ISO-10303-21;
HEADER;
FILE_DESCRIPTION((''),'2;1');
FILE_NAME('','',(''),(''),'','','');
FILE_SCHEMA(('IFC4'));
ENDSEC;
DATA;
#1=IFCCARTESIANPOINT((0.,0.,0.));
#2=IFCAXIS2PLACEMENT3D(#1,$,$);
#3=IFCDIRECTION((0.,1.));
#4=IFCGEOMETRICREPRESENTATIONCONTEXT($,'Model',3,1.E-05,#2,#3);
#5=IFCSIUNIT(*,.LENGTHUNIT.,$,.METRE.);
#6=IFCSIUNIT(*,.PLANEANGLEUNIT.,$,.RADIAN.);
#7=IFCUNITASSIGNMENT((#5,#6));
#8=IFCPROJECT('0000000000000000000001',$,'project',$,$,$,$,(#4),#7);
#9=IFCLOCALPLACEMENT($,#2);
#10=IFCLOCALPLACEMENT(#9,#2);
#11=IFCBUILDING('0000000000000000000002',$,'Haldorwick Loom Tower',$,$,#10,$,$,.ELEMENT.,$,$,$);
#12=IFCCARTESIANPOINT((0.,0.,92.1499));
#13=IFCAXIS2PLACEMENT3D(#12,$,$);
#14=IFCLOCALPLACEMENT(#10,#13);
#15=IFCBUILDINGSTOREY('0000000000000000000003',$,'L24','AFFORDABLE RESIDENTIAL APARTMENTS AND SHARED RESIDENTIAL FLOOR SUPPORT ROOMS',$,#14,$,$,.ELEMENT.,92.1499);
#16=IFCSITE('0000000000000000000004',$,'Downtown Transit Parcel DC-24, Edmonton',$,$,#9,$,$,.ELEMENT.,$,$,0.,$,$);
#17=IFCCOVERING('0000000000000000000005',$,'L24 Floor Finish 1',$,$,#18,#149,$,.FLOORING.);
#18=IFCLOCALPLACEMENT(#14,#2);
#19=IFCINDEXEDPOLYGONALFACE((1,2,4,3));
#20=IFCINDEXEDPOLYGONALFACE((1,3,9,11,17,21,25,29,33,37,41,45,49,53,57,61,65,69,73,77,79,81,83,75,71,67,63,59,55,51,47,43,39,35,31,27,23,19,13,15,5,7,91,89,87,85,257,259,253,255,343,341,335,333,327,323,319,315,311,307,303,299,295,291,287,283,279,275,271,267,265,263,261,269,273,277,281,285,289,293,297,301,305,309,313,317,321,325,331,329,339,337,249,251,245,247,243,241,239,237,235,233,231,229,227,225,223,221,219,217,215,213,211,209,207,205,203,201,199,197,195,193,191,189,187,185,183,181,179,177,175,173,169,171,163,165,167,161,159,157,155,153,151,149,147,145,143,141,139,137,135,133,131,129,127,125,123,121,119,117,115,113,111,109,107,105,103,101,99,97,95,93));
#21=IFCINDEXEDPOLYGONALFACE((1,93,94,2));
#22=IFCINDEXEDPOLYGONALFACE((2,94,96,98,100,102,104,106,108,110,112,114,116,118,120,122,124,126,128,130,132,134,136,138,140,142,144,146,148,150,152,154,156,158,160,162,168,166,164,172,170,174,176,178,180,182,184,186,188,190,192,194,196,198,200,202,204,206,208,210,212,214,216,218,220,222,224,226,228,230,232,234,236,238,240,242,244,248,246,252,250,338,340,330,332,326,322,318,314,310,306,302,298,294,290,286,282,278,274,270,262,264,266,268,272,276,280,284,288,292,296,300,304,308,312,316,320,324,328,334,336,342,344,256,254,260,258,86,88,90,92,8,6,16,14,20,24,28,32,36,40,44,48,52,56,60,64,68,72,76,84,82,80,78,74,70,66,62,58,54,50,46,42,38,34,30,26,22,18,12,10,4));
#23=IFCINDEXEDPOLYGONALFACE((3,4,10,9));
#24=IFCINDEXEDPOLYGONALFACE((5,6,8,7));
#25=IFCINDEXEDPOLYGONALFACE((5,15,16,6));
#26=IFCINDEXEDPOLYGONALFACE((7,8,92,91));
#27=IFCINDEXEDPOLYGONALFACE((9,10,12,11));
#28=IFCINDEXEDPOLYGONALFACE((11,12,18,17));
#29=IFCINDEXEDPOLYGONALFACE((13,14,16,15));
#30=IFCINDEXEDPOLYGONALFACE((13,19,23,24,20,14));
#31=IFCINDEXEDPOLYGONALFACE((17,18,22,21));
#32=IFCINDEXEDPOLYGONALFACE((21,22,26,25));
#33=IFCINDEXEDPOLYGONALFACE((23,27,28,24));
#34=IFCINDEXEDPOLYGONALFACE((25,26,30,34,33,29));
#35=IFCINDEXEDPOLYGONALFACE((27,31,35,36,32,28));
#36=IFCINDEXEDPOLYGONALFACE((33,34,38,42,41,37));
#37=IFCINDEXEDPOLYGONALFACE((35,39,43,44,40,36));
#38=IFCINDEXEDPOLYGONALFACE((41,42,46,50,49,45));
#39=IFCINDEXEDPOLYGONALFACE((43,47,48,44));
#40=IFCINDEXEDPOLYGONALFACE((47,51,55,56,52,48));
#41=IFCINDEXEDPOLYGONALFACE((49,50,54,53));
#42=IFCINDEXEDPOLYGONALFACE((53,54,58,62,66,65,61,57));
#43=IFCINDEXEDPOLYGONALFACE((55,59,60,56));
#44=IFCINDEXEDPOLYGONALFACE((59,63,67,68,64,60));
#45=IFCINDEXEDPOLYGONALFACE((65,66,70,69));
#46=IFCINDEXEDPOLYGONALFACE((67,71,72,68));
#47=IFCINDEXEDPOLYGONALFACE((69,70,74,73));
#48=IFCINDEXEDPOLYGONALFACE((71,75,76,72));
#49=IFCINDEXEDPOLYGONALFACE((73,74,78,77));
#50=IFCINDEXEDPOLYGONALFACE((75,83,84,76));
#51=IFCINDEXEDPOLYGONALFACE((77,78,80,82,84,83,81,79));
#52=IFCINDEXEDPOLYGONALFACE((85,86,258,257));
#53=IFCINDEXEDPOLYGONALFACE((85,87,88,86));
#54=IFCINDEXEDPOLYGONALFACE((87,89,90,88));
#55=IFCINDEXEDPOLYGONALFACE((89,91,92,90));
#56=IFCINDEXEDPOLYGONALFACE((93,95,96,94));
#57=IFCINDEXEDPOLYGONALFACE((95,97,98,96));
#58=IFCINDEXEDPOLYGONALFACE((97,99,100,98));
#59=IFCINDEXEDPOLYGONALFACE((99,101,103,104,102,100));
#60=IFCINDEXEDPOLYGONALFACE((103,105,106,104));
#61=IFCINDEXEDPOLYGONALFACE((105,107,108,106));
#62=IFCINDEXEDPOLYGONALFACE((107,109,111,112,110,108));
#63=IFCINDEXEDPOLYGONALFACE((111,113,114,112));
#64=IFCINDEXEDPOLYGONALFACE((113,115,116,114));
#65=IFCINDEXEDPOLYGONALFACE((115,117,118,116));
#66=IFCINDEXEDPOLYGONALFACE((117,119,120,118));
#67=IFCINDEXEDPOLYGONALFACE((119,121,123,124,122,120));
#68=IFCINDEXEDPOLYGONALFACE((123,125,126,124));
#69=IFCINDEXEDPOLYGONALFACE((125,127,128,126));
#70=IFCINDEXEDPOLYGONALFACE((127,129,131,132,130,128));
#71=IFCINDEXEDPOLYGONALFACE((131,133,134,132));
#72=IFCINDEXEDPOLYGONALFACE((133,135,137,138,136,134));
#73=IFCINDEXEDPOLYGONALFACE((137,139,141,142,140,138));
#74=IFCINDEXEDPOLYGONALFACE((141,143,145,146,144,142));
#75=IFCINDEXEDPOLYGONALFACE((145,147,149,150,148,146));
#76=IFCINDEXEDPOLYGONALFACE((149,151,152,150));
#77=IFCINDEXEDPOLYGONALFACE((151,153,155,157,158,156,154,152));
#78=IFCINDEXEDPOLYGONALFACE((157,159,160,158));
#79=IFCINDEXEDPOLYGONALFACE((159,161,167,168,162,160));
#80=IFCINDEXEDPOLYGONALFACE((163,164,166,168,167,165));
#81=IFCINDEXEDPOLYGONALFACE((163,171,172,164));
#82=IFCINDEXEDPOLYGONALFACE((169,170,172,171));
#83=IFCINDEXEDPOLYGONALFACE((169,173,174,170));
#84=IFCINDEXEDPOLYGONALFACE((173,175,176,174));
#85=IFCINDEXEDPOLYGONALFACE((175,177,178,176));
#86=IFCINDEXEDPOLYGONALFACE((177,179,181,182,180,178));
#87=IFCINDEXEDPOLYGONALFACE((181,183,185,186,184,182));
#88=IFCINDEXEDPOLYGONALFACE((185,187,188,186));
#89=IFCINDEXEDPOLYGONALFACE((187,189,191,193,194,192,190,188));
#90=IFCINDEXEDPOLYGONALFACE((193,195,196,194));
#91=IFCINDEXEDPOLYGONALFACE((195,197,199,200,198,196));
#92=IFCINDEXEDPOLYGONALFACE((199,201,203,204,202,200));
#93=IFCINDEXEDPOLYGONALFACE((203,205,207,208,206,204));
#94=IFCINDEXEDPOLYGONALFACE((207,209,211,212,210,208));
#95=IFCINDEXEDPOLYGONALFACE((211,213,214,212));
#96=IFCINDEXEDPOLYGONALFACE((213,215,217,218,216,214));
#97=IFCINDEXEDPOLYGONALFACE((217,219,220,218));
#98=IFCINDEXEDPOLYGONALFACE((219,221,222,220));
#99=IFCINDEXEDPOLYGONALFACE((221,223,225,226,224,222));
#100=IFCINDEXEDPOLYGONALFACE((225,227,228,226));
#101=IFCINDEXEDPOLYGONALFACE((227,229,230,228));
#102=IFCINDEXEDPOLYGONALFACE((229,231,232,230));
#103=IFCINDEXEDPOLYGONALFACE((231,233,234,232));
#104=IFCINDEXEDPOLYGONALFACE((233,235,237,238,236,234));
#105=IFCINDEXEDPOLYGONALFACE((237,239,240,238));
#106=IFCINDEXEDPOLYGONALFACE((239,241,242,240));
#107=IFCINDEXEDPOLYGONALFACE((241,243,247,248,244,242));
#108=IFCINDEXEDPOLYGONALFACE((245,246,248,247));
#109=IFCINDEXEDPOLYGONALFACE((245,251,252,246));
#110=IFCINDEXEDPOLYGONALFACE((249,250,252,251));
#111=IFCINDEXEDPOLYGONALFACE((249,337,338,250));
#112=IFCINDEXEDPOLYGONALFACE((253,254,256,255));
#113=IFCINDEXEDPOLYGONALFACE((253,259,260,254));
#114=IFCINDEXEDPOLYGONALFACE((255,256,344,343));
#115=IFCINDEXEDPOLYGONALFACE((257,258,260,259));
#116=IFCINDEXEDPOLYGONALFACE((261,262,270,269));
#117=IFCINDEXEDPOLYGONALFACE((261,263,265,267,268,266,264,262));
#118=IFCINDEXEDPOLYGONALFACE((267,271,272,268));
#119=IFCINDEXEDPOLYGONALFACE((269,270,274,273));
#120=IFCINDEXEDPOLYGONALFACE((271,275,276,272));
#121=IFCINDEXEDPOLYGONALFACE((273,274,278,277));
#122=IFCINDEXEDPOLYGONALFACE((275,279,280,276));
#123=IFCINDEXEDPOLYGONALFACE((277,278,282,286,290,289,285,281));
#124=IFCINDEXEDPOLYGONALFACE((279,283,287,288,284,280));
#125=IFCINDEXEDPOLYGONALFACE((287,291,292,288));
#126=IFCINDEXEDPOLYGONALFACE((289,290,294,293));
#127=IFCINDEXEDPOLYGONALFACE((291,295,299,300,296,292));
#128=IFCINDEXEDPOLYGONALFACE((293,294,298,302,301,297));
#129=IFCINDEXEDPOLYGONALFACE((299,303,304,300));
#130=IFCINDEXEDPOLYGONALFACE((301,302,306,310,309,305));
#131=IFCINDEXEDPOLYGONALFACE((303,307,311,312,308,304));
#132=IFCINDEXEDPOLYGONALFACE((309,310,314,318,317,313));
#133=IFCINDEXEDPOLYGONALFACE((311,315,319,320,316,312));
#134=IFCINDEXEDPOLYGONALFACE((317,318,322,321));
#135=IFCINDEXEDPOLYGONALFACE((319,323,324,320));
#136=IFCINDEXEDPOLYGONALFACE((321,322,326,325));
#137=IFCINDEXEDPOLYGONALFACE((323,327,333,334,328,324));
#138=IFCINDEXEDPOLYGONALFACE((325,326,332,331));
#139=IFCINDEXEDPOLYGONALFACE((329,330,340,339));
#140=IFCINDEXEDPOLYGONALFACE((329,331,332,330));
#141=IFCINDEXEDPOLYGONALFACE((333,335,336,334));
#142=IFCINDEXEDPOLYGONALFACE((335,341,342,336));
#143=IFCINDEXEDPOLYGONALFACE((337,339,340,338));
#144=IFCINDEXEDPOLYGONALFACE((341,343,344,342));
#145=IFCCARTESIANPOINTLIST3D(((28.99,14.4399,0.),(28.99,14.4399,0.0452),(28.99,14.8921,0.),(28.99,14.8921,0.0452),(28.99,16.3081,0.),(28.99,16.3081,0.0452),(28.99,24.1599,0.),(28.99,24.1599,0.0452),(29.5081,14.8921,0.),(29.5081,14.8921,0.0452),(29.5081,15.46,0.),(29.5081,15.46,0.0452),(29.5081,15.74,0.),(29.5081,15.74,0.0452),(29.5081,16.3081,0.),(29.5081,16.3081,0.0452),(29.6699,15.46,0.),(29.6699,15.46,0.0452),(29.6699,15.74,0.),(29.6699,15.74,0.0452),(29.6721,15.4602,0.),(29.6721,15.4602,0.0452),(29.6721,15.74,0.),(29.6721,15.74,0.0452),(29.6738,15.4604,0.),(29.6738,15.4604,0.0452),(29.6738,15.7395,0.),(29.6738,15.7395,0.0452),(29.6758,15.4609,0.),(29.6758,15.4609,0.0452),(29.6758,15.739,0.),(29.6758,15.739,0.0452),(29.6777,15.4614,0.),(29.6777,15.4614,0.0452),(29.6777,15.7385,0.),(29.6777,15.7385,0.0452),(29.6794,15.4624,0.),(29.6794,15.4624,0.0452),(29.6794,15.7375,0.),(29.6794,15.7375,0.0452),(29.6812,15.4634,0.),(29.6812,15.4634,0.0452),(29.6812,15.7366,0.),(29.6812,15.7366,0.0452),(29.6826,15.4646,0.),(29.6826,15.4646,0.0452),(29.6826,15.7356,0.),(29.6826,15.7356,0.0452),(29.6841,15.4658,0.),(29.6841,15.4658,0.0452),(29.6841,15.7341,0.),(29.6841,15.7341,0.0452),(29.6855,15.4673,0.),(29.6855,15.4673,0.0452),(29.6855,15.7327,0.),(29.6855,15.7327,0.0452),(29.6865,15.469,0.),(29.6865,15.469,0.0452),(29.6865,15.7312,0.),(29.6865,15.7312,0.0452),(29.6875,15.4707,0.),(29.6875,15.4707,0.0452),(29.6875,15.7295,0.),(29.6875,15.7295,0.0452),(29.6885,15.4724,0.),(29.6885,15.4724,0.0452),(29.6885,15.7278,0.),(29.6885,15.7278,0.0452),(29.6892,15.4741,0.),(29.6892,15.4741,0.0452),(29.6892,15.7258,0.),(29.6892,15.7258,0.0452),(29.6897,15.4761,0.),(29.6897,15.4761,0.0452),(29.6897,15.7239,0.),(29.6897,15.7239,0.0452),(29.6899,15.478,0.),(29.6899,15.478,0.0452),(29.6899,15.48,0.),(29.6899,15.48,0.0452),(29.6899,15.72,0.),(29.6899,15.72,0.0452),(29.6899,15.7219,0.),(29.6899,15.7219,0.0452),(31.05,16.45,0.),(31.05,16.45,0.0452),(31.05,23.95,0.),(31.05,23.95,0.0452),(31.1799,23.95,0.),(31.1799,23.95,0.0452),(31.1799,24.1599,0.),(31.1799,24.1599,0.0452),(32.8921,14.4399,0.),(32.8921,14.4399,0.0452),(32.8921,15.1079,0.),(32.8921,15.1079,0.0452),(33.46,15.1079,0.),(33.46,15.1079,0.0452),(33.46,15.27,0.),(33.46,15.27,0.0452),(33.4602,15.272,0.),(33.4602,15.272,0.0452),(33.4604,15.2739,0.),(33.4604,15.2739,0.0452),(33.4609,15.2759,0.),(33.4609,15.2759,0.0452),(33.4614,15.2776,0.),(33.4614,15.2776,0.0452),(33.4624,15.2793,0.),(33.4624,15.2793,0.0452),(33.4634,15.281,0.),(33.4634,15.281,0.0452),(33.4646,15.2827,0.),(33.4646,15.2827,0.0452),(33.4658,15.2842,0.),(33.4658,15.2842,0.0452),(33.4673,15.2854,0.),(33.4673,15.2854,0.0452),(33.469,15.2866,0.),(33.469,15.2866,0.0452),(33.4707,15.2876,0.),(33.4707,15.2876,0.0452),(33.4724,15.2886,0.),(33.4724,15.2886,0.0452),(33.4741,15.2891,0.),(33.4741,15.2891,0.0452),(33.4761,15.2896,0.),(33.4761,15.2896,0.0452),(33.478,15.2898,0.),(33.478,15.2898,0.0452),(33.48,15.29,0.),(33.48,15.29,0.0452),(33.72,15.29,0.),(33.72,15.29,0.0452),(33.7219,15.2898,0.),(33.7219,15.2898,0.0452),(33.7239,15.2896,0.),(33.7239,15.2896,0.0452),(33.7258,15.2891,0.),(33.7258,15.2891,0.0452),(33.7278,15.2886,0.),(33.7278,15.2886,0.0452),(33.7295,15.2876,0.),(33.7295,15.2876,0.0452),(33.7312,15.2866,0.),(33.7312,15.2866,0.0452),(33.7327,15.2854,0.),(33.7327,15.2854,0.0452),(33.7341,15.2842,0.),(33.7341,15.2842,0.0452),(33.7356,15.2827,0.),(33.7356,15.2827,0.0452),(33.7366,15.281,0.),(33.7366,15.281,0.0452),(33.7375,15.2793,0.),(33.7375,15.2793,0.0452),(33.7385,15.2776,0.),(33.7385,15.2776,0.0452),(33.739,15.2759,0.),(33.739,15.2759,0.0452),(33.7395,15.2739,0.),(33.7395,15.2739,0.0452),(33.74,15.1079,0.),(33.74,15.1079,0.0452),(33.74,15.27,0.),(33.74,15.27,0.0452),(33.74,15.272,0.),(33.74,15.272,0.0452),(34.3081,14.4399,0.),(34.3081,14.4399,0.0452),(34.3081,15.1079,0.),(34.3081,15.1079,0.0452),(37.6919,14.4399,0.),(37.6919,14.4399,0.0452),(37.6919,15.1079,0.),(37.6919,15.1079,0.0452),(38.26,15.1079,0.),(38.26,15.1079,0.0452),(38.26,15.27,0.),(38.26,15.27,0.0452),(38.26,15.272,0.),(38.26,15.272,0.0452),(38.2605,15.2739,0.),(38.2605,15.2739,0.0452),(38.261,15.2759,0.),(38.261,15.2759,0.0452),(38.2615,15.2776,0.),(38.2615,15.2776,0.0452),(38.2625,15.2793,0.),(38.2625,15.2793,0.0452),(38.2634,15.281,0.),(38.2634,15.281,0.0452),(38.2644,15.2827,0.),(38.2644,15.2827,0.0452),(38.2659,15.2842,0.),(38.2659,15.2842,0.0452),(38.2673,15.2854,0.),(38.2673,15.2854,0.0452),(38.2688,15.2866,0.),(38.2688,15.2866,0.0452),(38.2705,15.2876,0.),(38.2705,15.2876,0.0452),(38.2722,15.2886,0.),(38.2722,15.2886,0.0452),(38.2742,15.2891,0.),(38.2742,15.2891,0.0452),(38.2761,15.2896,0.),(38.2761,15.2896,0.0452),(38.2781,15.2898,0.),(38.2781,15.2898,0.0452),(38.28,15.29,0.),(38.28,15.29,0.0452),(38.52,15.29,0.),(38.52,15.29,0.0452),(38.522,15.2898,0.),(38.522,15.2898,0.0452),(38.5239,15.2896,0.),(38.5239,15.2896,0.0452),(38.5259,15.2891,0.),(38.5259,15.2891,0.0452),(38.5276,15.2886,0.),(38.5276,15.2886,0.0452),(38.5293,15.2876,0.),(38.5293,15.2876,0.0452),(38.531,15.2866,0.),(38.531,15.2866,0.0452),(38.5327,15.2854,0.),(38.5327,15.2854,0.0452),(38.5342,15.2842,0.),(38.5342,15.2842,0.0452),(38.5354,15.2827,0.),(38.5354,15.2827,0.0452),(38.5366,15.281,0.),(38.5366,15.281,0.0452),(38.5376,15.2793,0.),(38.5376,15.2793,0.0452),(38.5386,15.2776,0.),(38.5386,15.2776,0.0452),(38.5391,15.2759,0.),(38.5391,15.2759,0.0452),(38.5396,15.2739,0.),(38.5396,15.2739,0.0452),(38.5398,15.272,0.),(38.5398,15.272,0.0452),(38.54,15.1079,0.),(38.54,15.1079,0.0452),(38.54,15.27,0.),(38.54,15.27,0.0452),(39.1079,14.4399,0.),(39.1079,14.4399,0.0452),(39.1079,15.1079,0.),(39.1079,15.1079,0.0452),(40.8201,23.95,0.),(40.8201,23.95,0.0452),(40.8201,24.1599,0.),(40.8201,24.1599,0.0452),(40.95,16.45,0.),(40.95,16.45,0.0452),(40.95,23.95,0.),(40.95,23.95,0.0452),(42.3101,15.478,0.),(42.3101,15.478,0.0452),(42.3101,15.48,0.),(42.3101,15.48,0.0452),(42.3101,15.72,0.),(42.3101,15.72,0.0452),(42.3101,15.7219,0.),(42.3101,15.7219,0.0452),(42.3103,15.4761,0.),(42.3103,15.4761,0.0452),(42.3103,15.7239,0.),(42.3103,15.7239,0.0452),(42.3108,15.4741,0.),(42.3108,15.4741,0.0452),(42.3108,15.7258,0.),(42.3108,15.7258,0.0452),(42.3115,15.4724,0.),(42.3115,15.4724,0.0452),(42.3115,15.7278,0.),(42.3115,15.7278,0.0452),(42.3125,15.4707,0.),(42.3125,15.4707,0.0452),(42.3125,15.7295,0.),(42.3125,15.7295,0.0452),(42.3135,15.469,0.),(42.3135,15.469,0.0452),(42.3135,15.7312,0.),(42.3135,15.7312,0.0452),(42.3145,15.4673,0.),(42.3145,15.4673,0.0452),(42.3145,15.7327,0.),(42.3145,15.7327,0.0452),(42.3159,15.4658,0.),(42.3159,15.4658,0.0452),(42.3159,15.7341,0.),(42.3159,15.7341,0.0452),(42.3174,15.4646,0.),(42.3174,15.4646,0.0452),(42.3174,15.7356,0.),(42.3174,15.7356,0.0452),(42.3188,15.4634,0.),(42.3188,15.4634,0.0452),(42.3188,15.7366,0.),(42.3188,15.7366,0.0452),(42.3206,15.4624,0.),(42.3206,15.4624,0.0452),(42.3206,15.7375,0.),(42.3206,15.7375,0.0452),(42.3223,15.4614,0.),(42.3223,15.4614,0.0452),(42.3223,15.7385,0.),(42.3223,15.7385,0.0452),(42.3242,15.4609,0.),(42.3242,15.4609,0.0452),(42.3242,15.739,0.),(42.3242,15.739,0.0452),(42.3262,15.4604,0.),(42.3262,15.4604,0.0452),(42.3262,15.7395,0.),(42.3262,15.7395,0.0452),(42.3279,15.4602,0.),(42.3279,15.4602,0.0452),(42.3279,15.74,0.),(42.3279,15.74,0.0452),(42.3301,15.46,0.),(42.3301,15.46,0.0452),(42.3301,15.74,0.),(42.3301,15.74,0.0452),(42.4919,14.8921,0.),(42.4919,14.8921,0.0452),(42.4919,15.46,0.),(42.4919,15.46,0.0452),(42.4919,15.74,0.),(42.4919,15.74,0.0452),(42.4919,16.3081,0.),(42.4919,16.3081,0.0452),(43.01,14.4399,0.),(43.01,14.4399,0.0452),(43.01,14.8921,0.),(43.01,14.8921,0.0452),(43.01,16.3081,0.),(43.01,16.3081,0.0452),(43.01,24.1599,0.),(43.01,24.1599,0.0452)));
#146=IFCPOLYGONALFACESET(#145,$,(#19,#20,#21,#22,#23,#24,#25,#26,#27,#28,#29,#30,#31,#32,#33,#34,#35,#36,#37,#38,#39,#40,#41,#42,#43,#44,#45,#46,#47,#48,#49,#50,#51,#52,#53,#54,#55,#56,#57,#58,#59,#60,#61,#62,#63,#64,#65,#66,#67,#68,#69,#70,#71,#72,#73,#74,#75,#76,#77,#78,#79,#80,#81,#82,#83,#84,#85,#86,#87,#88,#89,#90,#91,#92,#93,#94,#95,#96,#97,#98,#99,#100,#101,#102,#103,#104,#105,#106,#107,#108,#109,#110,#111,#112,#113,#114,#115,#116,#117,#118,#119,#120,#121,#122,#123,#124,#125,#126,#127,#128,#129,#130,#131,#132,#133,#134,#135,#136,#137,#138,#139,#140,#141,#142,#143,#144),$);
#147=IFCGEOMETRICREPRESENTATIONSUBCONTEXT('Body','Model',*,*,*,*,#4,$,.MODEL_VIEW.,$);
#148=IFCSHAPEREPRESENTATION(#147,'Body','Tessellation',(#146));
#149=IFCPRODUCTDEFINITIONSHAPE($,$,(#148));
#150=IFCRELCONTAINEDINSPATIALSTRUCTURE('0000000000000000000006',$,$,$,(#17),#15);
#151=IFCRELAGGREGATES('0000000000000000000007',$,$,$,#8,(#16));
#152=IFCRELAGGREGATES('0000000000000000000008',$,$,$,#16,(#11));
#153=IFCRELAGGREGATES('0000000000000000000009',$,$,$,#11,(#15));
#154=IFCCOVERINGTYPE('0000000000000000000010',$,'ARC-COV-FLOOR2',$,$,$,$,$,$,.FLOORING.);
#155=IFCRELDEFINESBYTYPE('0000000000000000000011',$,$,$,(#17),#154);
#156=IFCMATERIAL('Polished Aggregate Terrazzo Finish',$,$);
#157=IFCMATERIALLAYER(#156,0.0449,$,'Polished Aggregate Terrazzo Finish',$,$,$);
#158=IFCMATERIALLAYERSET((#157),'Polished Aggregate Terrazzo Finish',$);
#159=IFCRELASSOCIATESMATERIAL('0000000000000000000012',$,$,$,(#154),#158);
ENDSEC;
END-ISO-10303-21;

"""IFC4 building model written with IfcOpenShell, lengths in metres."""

from ifc_helpers import new_model, si_unit, direction, frame, origin, place, context, subcontext, project, spatial, polyline, outline, extrude, material, layer, layer_set, type_object, element, save


model = new_model("IFC4")

# Units and contexts
model_context = context("Model", 3, precision=1e-05, world=origin(), true_north=direction((0.0, 1.0)))
body_context = subcontext(model_context, "Body", "Model", "MODEL_VIEW")
ifc_project = project(units=[si_unit("LENGTHUNIT", "METRE"), si_unit("PLANEANGLEUNIT", "RADIAN")], contexts=[model_context])

# Site, building, storey
site_placement = place(None, origin())
site = spatial("IfcSite", under=ifc_project, at=site_placement, Name="Downtown Transit Parcel DC-24, Edmonton", CompositionType="ELEMENT", RefElevation=0.0)
building_placement = place(site_placement, origin())
building = spatial("IfcBuilding", under=site, at=building_placement, Name="Haldorwick Loom Tower", CompositionType="ELEMENT")
storey_placement = place(building_placement, frame((0.0, 0.0, 92.1499)))
storey = spatial("IfcBuildingStorey", under=building, at=storey_placement, Name="L24", Description="AFFORDABLE RESIDENTIAL APARTMENTS AND SHARED RESIDENTIAL FLOOR SUPPORT ROOMS", CompositionType="ELEMENT", Elevation=92.1499)

# Covering
ifc_material_1 = material(Name="Polished Aggregate Terrazzo Finish")
ifc_layer_1 = layer(ifc_material_1, 0.0449, Name="Polished Aggregate Terrazzo Finish")
ifc_layer_set_1 = layer_set([ifc_layer_1], Name="Polished Aggregate Terrazzo Finish")
covering_type_1 = type_object("IfcCoveringType", Name="ARC-COV-FLOOR2", PredefinedType="FLOORING", material=ifc_layer_set_1)
covering_1_placement = place(storey_placement, origin())
element("IfcCovering", 1, at=covering_1_placement, inside=storey, type_object=covering_type_1, Name="L24 Floor Finish 1", PredefinedType="FLOORING", context=body_context, shape_type="SweptSolid", body=[
    extrude(outline(polyline([(40.8201, 24.1599), (40.8201, 23.95), (40.95, 23.95), (40.95, 16.45), (31.05, 16.45), (31.05, 23.95), (31.1799, 23.95), (31.1799, 24.1599), (28.99, 24.1599), (28.99, 16.3081), (29.5081, 16.3081), (29.5081, 15.74), (29.6699, 15.74), (29.6721, 15.74), (29.6738, 15.7395), (29.6758, 15.739), (29.6777, 15.7385), (29.6794, 15.7375), (29.6812, 15.7366), (29.6826, 15.7356), (29.6841, 15.7341), (29.6855, 15.7327), (29.6865, 15.7312), (29.6875, 15.7295), (29.6885, 15.7278), (29.6892, 15.7258), (29.6897, 15.7239), (29.6899, 15.7219), (29.6899, 15.72), (29.6899, 15.48), (29.6899, 15.478), (29.6897, 15.4761), (29.6892, 15.4741), (29.6885, 15.4724), (29.6875, 15.4707), (29.6865, 15.469), (29.6855, 15.4673), (29.6841, 15.4658), (29.6826, 15.4646), (29.6812, 15.4634), (29.6794, 15.4624), (29.6777, 15.4614), (29.6758, 15.4609), (29.6738, 15.4604), (29.6721, 15.4602), (29.6699, 15.46), (29.5081, 15.46), (29.5081, 14.8921), (28.99, 14.8921), (28.99, 14.4399), (32.8921, 14.4399), (32.8921, 15.1079), (33.46, 15.1079), (33.46, 15.27), (33.4602, 15.272), (33.4604, 15.2739), (33.4609, 15.2759), (33.4614, 15.2776), (33.4624, 15.2793), (33.4634, 15.281), (33.4646, 15.2827), (33.4658, 15.2842), (33.4673, 15.2854), (33.469, 15.2866), (33.4707, 15.2876), (33.4724, 15.2886), (33.4741, 15.2891), (33.4761, 15.2896), (33.478, 15.2898), (33.48, 15.29), (33.72, 15.29), (33.7219, 15.2898), (33.7239, 15.2896), (33.7258, 15.2891), (33.7278, 15.2886), (33.7295, 15.2876), (33.7312, 15.2866), (33.7327, 15.2854), (33.7341, 15.2842), (33.7356, 15.2827), (33.7366, 15.281), (33.7375, 15.2793), (33.7385, 15.2776), (33.739, 15.2759), (33.7395, 15.2739), (33.74, 15.272), (33.74, 15.27), (33.74, 15.1079), (34.3081, 15.1079), (34.3081, 14.4399), (37.6919, 14.4399), (37.6919, 15.1079), (38.26, 15.1079), (38.26, 15.27), (38.26, 15.272), (38.2605, 15.2739), (38.261, 15.2759), (38.2615, 15.2776), (38.2625, 15.2793), (38.2634, 15.281), (38.2644, 15.2827), (38.2659, 15.2842), (38.2673, 15.2854), (38.2688, 15.2866), (38.2705, 15.2876), (38.2722, 15.2886), (38.2742, 15.2891), (38.2761, 15.2896), (38.2781, 15.2898), (38.28, 15.29), (38.52, 15.29), (38.522, 15.2898), (38.5239, 15.2896), (38.5259, 15.2891), (38.5276, 15.2886), (38.5293, 15.2876), (38.531, 15.2866), (38.5327, 15.2854), (38.5342, 15.2842), (38.5354, 15.2827), (38.5366, 15.281), (38.5376, 15.2793), (38.5386, 15.2776), (38.5391, 15.2759), (38.5396, 15.2739), (38.5398, 15.272), (38.54, 15.27), (38.54, 15.1079), (39.1079, 15.1079), (39.1079, 14.4399), (43.01, 14.4399), (43.01, 14.8921), (42.4919, 14.8921), (42.4919, 15.46), (42.3301, 15.46), (42.3279, 15.4602), (42.3262, 15.4604), (42.3242, 15.4609), (42.3223, 15.4614), (42.3206, 15.4624), (42.3188, 15.4634), (42.3174, 15.4646), (42.3159, 15.4658), (42.3145, 15.4673), (42.3135, 15.469), (42.3125, 15.4707), (42.3115, 15.4724), (42.3108, 15.4741), (42.3103, 15.4761), (42.3101, 15.478), (42.3101, 15.48), (42.3101, 15.72), (42.3101, 15.7219), (42.3103, 15.7239), (42.3108, 15.7258), (42.3115, 15.7278), (42.3125, 15.7295), (42.3135, 15.7312), (42.3145, 15.7327), (42.3159, 15.7341), (42.3174, 15.7356), (42.3188, 15.7366), (42.3206, 15.7375), (42.3223, 15.7385), (42.3242, 15.739), (42.3262, 15.7395), (42.3279, 15.74), (42.3301, 15.74), (42.4919, 15.74), (42.4919, 16.3081), (43.01, 16.3081), (43.01, 24.1599), (40.8201, 24.1599)])), origin(), (0.0, 0.0, 1.0), 0.0452),
])

save(model, "model.ifc")
